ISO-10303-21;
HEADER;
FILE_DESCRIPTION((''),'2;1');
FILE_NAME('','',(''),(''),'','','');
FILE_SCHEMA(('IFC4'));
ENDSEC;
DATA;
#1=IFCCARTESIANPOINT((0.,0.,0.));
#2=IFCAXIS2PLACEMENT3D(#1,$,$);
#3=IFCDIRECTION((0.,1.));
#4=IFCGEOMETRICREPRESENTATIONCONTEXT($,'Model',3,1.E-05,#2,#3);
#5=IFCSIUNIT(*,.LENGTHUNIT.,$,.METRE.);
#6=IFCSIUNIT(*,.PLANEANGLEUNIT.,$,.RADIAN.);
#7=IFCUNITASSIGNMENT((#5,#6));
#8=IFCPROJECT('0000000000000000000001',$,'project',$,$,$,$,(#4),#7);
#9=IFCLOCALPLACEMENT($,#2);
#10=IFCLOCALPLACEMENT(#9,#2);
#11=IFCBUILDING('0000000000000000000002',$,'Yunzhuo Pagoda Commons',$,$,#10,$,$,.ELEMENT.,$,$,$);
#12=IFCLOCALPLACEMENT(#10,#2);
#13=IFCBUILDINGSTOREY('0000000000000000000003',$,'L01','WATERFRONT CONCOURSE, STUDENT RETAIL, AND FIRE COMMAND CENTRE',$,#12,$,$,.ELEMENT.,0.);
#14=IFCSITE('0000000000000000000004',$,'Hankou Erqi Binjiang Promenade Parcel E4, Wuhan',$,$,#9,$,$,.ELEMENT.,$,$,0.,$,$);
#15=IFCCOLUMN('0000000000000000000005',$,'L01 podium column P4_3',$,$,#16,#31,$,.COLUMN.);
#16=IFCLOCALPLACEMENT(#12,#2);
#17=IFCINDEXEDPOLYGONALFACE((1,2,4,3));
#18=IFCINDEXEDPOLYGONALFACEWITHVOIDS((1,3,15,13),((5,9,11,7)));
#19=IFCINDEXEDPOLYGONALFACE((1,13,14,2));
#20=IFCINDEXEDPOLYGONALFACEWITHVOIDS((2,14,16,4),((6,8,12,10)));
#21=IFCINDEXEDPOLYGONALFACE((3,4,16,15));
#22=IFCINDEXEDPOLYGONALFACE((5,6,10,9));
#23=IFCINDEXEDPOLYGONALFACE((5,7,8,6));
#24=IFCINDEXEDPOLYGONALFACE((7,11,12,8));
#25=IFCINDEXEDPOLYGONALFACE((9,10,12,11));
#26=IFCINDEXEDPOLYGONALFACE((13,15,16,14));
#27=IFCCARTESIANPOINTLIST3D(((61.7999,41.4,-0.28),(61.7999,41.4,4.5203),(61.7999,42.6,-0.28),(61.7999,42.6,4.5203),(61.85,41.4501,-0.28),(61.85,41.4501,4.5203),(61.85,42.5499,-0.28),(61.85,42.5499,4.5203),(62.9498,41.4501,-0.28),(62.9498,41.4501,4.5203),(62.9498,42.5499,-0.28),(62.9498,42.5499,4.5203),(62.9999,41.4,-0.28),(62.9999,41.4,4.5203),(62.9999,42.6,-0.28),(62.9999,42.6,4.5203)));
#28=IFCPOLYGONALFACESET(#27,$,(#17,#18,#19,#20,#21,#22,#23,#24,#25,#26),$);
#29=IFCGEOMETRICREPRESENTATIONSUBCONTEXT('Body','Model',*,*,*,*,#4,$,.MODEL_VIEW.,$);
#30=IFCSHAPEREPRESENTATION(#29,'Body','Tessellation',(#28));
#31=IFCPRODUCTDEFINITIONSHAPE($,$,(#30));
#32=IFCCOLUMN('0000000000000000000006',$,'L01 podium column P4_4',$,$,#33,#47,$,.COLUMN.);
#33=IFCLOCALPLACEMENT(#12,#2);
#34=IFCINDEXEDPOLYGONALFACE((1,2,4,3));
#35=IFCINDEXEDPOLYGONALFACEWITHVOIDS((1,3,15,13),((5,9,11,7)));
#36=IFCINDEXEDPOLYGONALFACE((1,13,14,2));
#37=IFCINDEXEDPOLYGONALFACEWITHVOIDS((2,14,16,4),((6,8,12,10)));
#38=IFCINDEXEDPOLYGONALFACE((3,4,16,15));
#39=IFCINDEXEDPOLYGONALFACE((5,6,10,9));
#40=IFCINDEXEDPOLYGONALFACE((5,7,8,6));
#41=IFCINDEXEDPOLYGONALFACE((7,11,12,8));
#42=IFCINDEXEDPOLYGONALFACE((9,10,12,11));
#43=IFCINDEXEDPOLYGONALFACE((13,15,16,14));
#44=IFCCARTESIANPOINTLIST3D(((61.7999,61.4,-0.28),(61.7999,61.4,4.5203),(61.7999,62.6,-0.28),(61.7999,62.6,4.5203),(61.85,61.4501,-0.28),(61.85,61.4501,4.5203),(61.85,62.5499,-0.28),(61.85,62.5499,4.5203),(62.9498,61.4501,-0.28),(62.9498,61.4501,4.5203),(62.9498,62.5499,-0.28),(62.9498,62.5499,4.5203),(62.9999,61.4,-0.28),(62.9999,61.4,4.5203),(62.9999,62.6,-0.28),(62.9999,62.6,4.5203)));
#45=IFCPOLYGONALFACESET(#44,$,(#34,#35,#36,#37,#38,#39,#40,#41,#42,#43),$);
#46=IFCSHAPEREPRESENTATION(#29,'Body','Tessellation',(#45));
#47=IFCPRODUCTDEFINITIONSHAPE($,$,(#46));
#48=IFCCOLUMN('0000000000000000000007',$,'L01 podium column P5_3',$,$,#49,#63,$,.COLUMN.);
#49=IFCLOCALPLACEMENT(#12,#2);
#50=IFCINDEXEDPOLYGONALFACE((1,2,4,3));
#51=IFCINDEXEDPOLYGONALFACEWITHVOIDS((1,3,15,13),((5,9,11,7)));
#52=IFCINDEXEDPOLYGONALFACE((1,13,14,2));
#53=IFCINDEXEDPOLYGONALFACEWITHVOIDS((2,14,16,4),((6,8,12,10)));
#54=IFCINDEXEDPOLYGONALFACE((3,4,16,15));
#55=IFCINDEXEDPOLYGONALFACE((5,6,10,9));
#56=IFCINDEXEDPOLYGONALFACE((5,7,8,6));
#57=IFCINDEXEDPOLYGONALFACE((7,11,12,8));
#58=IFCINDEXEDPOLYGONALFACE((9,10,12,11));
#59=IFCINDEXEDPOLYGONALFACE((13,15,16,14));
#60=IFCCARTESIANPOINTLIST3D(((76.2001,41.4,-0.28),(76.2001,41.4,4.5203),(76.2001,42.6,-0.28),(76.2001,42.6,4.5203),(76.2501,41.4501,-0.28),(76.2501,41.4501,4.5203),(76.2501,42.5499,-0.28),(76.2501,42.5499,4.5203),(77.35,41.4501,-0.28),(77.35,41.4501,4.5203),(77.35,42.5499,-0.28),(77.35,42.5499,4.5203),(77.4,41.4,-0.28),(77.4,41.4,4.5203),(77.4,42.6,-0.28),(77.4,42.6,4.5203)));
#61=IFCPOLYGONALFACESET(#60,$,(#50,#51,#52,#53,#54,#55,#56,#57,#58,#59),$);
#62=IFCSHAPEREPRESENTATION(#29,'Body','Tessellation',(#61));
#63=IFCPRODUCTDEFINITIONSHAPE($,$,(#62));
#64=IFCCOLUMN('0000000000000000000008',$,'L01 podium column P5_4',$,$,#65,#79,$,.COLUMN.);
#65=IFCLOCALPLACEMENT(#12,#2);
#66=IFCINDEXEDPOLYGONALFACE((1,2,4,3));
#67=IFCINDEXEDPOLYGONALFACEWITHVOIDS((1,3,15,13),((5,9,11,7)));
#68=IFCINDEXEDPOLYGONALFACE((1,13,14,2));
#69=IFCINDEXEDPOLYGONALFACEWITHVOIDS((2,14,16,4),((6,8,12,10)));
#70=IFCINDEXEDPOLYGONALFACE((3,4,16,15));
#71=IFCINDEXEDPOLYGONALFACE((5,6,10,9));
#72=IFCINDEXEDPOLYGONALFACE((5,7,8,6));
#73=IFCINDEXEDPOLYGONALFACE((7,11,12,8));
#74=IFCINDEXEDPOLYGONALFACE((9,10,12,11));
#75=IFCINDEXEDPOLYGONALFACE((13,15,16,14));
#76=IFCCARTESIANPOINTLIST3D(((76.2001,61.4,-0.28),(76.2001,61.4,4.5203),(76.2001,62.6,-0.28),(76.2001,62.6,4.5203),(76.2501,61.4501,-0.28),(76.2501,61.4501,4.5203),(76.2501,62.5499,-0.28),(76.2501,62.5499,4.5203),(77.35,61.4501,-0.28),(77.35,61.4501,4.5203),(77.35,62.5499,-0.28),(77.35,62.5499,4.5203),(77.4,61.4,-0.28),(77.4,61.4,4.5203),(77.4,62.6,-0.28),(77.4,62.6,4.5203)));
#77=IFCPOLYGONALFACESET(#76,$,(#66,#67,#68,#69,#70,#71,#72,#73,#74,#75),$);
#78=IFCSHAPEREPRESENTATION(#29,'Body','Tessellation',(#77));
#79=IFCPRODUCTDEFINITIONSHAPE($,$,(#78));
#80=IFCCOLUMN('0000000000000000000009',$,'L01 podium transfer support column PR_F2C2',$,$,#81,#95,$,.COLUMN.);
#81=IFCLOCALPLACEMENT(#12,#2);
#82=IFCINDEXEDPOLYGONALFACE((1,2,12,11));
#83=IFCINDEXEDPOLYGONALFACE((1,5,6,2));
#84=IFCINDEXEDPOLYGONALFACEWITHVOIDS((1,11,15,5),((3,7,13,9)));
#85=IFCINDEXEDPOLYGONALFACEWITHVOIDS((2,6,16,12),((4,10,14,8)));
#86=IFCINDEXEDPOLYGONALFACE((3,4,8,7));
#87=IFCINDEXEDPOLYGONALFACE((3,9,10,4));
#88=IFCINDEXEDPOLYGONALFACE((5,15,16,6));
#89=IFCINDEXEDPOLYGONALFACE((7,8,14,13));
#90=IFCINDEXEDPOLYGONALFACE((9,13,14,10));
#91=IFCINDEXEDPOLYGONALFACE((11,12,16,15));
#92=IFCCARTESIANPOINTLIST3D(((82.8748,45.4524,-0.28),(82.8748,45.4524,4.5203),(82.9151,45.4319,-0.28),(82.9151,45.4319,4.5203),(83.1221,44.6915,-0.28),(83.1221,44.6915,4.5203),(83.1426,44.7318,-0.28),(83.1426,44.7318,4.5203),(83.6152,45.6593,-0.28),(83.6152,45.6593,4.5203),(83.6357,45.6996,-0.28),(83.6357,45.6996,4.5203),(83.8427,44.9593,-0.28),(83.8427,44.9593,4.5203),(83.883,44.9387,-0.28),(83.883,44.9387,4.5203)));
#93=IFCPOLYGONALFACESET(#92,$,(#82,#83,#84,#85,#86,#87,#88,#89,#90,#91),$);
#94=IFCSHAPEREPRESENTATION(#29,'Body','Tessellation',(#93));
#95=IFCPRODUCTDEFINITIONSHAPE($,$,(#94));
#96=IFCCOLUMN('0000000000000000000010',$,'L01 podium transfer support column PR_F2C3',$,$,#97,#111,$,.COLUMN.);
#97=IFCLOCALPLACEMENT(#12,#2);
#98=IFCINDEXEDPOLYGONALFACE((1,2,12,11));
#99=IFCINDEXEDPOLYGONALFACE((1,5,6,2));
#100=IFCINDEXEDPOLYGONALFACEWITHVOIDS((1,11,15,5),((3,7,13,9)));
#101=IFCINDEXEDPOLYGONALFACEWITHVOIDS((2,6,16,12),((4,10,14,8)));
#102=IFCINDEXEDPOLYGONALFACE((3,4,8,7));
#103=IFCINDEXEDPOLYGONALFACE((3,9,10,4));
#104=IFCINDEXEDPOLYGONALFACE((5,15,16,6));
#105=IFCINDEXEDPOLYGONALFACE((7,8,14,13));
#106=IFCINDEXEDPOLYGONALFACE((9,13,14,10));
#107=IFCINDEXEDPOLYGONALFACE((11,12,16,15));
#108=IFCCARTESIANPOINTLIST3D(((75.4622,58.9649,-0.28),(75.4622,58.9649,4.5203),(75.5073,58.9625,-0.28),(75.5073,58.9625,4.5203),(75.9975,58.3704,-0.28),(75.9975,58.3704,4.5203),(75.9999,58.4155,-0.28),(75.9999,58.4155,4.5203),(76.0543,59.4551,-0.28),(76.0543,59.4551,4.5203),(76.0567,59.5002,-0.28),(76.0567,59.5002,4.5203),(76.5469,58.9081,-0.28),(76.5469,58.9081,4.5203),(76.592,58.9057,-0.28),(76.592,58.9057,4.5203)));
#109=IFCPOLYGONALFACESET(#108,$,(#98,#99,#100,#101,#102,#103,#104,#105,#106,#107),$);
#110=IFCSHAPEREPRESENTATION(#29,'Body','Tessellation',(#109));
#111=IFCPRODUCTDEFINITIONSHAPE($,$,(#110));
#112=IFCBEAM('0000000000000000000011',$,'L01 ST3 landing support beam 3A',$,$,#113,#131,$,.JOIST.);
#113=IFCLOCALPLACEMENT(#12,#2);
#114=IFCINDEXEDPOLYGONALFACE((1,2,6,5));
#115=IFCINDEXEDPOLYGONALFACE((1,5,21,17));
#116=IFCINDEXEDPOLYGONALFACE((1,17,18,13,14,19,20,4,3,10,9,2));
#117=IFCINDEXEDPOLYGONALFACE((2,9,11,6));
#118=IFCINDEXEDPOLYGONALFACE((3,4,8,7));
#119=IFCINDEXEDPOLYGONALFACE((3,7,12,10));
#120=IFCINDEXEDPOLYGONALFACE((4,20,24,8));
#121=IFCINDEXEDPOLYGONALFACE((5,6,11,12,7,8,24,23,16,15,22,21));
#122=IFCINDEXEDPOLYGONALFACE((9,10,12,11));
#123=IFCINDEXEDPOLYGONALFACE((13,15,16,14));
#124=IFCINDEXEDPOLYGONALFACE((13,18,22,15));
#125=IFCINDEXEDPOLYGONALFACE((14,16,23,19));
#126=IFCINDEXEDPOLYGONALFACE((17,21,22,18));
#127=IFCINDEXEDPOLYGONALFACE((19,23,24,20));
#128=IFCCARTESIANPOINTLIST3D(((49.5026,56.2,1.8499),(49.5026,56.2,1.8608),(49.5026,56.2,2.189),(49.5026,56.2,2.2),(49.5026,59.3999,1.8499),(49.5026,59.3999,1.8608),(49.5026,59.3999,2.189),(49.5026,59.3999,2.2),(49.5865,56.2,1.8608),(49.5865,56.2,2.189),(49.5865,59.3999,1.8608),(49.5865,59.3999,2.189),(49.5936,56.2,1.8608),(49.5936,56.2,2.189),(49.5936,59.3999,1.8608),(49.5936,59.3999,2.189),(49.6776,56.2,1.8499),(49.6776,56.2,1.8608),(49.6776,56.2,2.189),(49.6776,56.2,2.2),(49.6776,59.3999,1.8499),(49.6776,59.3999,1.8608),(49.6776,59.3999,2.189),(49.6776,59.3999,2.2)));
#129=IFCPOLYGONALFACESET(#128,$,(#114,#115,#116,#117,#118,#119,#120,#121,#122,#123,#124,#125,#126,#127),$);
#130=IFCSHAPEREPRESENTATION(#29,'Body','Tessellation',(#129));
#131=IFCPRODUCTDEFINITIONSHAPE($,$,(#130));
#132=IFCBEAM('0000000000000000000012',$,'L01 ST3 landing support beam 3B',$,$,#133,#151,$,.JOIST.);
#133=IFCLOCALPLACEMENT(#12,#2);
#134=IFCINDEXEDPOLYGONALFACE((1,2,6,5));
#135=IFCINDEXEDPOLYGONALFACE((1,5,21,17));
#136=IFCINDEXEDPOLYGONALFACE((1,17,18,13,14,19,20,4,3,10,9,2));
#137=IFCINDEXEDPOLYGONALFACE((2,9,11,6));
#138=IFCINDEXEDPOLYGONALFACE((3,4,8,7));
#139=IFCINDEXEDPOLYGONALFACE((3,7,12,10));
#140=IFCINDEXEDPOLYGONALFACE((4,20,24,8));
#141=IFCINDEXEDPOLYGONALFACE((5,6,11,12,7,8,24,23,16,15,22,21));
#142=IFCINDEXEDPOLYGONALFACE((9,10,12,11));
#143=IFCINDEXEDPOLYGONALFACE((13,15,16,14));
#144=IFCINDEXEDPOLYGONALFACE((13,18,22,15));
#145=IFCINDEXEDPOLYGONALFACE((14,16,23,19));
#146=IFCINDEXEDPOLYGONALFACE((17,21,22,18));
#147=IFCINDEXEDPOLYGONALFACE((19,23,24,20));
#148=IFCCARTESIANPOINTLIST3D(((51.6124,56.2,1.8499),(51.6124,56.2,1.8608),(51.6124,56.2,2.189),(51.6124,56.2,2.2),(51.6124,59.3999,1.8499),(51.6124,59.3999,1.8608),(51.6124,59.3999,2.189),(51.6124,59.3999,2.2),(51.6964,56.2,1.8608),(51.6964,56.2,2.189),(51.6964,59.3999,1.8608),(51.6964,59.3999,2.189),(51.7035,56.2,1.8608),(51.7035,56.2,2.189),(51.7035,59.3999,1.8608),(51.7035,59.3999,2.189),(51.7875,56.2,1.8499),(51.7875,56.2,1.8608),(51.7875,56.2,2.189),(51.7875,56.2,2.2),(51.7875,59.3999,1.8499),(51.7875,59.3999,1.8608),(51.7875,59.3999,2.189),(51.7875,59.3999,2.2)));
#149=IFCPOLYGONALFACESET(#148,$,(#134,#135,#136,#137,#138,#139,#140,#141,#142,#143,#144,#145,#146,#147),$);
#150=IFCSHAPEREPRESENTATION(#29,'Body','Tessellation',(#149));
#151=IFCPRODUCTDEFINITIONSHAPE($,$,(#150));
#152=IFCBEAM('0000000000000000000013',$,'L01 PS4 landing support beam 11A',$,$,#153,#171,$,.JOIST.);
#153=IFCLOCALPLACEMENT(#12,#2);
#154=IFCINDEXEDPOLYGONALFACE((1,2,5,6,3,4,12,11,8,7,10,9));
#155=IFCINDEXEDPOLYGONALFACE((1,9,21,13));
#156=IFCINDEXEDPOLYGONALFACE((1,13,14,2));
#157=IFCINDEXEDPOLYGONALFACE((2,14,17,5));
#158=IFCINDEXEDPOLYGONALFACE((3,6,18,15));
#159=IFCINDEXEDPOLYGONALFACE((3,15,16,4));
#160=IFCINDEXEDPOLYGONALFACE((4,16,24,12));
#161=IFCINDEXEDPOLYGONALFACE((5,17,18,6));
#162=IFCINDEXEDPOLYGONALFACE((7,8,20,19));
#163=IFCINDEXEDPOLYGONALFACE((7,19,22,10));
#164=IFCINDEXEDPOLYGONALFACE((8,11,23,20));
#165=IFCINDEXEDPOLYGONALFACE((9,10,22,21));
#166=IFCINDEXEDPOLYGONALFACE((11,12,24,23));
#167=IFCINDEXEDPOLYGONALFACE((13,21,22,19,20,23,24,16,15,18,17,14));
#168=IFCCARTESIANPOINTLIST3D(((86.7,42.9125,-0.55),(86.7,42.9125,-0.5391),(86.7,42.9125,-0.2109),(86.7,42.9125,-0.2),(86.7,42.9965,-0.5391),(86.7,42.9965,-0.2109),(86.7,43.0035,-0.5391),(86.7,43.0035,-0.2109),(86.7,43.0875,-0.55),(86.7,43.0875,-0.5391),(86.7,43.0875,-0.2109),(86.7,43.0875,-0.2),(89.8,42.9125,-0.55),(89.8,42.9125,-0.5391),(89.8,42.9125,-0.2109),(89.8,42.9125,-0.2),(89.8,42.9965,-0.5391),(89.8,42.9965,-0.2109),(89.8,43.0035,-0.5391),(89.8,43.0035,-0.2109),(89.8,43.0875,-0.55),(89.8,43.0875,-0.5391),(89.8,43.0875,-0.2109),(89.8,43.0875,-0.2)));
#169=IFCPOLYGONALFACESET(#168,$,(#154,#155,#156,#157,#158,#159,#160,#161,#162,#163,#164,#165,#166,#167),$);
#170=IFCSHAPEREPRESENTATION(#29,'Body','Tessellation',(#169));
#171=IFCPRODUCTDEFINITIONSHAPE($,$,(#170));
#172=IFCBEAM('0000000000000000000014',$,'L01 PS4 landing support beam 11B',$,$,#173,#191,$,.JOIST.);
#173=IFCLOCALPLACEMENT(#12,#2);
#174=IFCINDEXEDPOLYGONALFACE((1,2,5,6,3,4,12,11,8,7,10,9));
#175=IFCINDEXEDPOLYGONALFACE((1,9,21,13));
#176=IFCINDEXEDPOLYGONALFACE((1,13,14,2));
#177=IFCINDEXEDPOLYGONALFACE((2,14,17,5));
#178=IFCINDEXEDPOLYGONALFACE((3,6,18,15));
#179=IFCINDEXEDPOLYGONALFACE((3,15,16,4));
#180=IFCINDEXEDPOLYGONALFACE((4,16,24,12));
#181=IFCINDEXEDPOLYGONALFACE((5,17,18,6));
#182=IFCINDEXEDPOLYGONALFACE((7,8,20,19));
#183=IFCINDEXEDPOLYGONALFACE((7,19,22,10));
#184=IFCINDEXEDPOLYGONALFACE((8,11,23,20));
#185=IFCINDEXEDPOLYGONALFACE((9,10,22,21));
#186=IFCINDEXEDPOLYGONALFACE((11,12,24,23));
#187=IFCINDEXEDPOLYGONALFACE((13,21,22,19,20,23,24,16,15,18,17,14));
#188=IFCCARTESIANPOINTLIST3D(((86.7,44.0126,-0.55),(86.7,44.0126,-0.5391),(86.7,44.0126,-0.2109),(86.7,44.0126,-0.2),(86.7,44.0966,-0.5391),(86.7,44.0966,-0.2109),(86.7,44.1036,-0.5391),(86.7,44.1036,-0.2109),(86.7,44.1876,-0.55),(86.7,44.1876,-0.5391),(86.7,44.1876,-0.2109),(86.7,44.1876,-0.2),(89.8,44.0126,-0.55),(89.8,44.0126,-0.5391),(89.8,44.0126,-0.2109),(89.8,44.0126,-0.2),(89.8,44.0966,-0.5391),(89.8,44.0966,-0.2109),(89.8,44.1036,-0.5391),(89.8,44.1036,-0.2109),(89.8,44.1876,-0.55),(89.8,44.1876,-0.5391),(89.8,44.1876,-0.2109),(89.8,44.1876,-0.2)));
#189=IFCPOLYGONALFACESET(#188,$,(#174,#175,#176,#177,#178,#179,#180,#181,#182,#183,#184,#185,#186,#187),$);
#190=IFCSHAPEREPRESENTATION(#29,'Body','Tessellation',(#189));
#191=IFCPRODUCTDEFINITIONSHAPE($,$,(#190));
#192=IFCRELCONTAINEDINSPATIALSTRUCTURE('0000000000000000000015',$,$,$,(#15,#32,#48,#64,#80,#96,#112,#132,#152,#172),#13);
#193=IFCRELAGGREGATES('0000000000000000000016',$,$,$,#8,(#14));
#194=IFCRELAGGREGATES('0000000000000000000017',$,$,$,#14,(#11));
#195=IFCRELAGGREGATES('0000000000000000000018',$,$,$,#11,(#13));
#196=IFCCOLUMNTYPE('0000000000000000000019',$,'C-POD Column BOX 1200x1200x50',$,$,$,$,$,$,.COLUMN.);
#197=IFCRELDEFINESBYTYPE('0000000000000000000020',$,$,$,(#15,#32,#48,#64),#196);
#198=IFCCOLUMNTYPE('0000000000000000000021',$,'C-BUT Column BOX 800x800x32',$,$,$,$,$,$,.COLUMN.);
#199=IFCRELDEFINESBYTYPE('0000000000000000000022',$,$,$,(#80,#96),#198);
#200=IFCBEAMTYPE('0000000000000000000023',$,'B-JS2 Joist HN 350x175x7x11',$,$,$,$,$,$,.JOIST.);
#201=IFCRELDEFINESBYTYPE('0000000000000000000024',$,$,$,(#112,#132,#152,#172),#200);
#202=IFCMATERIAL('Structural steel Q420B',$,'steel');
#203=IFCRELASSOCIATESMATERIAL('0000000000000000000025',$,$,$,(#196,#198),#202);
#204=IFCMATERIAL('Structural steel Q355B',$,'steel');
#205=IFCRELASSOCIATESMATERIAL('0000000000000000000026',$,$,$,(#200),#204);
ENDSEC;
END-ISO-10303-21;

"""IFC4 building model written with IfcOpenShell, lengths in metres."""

from ifc_helpers import new_model, si_unit, direction, frame, origin, origin_2d, place, context, subcontext, project, spatial, hollow_rectangle, i_section, extrude, source, transform, mapped, material, material_profile, profile_set, type_object, element, save


model = new_model("IFC4")

# Units and contexts
model_context = context("Model", 3, precision=1e-05, world=origin(), true_north=direction((0.0, 1.0)))
body_context = subcontext(model_context, "Body", "Model", "MODEL_VIEW")
ifc_project = project(units=[si_unit("LENGTHUNIT", "METRE"), si_unit("PLANEANGLEUNIT", "RADIAN")], contexts=[model_context])

# Site, building, storey
site_placement = place(None, origin())
site = spatial("IfcSite", under=ifc_project, at=site_placement, Name="Hankou Erqi Binjiang Promenade Parcel E4, Wuhan", CompositionType="ELEMENT", RefElevation=0.0)
building_placement = place(site_placement, origin())
building = spatial("IfcBuilding", under=site, at=building_placement, Name="Yunzhuo Pagoda Commons", CompositionType="ELEMENT")
storey_placement = place(building_placement, origin())
storey = spatial("IfcBuildingStorey", under=building, at=storey_placement, Name="L01", Description="WATERFRONT CONCOURSE, STUDENT RETAIL, AND FIRE COMMAND CENTRE", CompositionType="ELEMENT", Elevation=0.0)

# Columns
ifc_material_1 = material(Name="Structural steel Q420B", Category="steel")
ifc_material_profile_1 = material_profile(ifc_material_1, hollow_rectangle(XDim=1.2, YDim=1.2, WallThickness=0.05, at=origin_2d()), Name="Structural steel Q420B")
ifc_profile_set_1 = profile_set([ifc_material_profile_1], Name="Structural steel Q420B")
column_type_1 = type_object("IfcColumnType", Name="C-POD Column BOX 1200x1200x50", PredefinedType="COLUMN", material=ifc_profile_set_1)
shared_shape_1 = source(origin(), body_context, "Body", "SweptSolid", [
    extrude(hollow_rectangle(XDim=1.2, YDim=1.2, WallThickness=0.05, at=origin_2d()), origin(), (0.0, 0.0, 1.0), 4.8003),
])
for number, where, z_axis, x_axis, name in (
    (1, (62.3999, 42.0, -0.28), (0.0, 0.0, 1.0), (1.0, 0.0, 0.0), "L01 podium column P4_3"),
    (2, (62.3999, 62.0, -0.28), (0.0, 0.0, 1.0), (1.0, 0.0, 0.0), "L01 podium column P4_4"),
    (3, (76.8, 42.0, -0.28), (0.0, 0.0, 1.0), (1.0, 0.0, 0.0), "L01 podium column P5_3"),
    (4, (76.8, 62.0, -0.28), (0.0, 0.0, 1.0), (1.0, 0.0, 0.0), "L01 podium column P5_4"),
):
    element("IfcColumn", number, at=place(storey_placement, frame(where, z_axis=z_axis, x_axis=x_axis)), inside=storey, type_object=column_type_1, Name=name, PredefinedType="COLUMN", context=body_context, shape_type="MappedRepresentation", body=[
        mapped(shared_shape_1, transform((0.0, 0.0, 0.0), scale=1.0)),
    ])
ifc_material_profile_2 = material_profile(ifc_material_1, hollow_rectangle(XDim=0.8, YDim=0.8, WallThickness=0.032, at=origin_2d()), Name="Structural steel Q420B")
ifc_profile_set_2 = profile_set([ifc_material_profile_2], Name="Structural steel Q420B")
column_type_2 = type_object("IfcColumnType", Name="C-BUT Column BOX 800x800x32", PredefinedType="COLUMN", material=ifc_profile_set_2)
shared_shape_2 = source(origin(), body_context, "Body", "SweptSolid", [
    extrude(hollow_rectangle(XDim=0.8, YDim=0.8, WallThickness=0.032, at=origin_2d()), origin(), (0.0, 0.0, 1.0), 4.8003),
])
for number, where, z_axis, x_axis, name in (
    (5, (83.3789, 45.1956, -0.28), (0.0, 0.0, 1.0), (-0.309017, 0.951057, 0.0), "L01 podium transfer support column PR_F2C2"),
    (6, (76.0271, 58.9353, -0.28), (0.0, 0.0, 1.0), (-0.669131, 0.743145, 0.0), "L01 podium transfer support column PR_F2C3"),
):
    element("IfcColumn", number, at=place(storey_placement, frame(where, z_axis=z_axis, x_axis=x_axis)), inside=storey, type_object=column_type_2, Name=name, PredefinedType="COLUMN", context=body_context, shape_type="MappedRepresentation", body=[
        mapped(shared_shape_2, transform((0.0, 0.0, 0.0), scale=1.0)),
    ])

# Beams
ifc_material_2 = material(Name="Structural steel Q355B", Category="steel")
ifc_material_profile_3 = material_profile(ifc_material_2, i_section(OverallWidth=0.175, OverallDepth=0.3501, WebThickness=0.0071, FlangeThickness=0.011, at=origin_2d()), Name="Structural steel Q355B")
ifc_profile_set_3 = profile_set([ifc_material_profile_3], Name="Structural steel Q355B")
beam_type_1 = type_object("IfcBeamType", Name="B-JS2 Joist HN 350x175x7x11", PredefinedType="JOIST", material=ifc_profile_set_3)
shared_shape_3 = source(origin(), body_context, "Body", "SweptSolid", [
    extrude(i_section(OverallWidth=0.175, OverallDepth=0.3501, WebThickness=0.0071, FlangeThickness=0.011, at=origin_2d()), origin(), (0.0, 0.0, 1.0), 3.2),
])
for number, where, z_axis, x_axis, name in (
    (7, (49.5901, 56.2, 2.0249), (0.0, 1.0, 0.0), (-1.0, 0.0, 0.0), "L01 ST3 landing support beam 3A"),
    (8, (51.7, 56.2, 2.0249), (0.0, 1.0, 0.0), (-1.0, 0.0, 0.0), "L01 ST3 landing support beam 3B"),
):
    element("IfcBeam", number, at=place(storey_placement, frame(where, z_axis=z_axis, x_axis=x_axis)), inside=storey, type_object=beam_type_1, Name=name, PredefinedType="JOIST", context=body_context, shape_type="MappedRepresentation", body=[
        mapped(shared_shape_3, transform((0.0, 0.0, 0.0), scale=1.0)),
    ])
shared_shape_4 = source(origin(), body_context, "Body", "SweptSolid", [
    extrude(i_section(OverallWidth=0.175, OverallDepth=0.3501, WebThickness=0.0071, FlangeThickness=0.011, at=origin_2d()), origin(), (0.0, 0.0, 1.0), 3.1001),
])
for number, where, z_axis, x_axis, name in (
    (9, (86.7, 43.0, -0.375), (1.0, 0.0, 0.0), (0.0, 1.0, 0.0), "L01 PS4 landing support beam 11A"),
    (10, (86.7, 44.1001, -0.375), (1.0, 0.0, 0.0), (0.0, 1.0, 0.0), "L01 PS4 landing support beam 11B"),
):
    element("IfcBeam", number, at=place(storey_placement, frame(where, z_axis=z_axis, x_axis=x_axis)), inside=storey, type_object=beam_type_1, Name=name, PredefinedType="JOIST", context=body_context, shape_type="MappedRepresentation", body=[
        mapped(shared_shape_4, transform((0.0, 0.0, 0.0), scale=1.0)),
    ])

save(model, "model.ifc")
